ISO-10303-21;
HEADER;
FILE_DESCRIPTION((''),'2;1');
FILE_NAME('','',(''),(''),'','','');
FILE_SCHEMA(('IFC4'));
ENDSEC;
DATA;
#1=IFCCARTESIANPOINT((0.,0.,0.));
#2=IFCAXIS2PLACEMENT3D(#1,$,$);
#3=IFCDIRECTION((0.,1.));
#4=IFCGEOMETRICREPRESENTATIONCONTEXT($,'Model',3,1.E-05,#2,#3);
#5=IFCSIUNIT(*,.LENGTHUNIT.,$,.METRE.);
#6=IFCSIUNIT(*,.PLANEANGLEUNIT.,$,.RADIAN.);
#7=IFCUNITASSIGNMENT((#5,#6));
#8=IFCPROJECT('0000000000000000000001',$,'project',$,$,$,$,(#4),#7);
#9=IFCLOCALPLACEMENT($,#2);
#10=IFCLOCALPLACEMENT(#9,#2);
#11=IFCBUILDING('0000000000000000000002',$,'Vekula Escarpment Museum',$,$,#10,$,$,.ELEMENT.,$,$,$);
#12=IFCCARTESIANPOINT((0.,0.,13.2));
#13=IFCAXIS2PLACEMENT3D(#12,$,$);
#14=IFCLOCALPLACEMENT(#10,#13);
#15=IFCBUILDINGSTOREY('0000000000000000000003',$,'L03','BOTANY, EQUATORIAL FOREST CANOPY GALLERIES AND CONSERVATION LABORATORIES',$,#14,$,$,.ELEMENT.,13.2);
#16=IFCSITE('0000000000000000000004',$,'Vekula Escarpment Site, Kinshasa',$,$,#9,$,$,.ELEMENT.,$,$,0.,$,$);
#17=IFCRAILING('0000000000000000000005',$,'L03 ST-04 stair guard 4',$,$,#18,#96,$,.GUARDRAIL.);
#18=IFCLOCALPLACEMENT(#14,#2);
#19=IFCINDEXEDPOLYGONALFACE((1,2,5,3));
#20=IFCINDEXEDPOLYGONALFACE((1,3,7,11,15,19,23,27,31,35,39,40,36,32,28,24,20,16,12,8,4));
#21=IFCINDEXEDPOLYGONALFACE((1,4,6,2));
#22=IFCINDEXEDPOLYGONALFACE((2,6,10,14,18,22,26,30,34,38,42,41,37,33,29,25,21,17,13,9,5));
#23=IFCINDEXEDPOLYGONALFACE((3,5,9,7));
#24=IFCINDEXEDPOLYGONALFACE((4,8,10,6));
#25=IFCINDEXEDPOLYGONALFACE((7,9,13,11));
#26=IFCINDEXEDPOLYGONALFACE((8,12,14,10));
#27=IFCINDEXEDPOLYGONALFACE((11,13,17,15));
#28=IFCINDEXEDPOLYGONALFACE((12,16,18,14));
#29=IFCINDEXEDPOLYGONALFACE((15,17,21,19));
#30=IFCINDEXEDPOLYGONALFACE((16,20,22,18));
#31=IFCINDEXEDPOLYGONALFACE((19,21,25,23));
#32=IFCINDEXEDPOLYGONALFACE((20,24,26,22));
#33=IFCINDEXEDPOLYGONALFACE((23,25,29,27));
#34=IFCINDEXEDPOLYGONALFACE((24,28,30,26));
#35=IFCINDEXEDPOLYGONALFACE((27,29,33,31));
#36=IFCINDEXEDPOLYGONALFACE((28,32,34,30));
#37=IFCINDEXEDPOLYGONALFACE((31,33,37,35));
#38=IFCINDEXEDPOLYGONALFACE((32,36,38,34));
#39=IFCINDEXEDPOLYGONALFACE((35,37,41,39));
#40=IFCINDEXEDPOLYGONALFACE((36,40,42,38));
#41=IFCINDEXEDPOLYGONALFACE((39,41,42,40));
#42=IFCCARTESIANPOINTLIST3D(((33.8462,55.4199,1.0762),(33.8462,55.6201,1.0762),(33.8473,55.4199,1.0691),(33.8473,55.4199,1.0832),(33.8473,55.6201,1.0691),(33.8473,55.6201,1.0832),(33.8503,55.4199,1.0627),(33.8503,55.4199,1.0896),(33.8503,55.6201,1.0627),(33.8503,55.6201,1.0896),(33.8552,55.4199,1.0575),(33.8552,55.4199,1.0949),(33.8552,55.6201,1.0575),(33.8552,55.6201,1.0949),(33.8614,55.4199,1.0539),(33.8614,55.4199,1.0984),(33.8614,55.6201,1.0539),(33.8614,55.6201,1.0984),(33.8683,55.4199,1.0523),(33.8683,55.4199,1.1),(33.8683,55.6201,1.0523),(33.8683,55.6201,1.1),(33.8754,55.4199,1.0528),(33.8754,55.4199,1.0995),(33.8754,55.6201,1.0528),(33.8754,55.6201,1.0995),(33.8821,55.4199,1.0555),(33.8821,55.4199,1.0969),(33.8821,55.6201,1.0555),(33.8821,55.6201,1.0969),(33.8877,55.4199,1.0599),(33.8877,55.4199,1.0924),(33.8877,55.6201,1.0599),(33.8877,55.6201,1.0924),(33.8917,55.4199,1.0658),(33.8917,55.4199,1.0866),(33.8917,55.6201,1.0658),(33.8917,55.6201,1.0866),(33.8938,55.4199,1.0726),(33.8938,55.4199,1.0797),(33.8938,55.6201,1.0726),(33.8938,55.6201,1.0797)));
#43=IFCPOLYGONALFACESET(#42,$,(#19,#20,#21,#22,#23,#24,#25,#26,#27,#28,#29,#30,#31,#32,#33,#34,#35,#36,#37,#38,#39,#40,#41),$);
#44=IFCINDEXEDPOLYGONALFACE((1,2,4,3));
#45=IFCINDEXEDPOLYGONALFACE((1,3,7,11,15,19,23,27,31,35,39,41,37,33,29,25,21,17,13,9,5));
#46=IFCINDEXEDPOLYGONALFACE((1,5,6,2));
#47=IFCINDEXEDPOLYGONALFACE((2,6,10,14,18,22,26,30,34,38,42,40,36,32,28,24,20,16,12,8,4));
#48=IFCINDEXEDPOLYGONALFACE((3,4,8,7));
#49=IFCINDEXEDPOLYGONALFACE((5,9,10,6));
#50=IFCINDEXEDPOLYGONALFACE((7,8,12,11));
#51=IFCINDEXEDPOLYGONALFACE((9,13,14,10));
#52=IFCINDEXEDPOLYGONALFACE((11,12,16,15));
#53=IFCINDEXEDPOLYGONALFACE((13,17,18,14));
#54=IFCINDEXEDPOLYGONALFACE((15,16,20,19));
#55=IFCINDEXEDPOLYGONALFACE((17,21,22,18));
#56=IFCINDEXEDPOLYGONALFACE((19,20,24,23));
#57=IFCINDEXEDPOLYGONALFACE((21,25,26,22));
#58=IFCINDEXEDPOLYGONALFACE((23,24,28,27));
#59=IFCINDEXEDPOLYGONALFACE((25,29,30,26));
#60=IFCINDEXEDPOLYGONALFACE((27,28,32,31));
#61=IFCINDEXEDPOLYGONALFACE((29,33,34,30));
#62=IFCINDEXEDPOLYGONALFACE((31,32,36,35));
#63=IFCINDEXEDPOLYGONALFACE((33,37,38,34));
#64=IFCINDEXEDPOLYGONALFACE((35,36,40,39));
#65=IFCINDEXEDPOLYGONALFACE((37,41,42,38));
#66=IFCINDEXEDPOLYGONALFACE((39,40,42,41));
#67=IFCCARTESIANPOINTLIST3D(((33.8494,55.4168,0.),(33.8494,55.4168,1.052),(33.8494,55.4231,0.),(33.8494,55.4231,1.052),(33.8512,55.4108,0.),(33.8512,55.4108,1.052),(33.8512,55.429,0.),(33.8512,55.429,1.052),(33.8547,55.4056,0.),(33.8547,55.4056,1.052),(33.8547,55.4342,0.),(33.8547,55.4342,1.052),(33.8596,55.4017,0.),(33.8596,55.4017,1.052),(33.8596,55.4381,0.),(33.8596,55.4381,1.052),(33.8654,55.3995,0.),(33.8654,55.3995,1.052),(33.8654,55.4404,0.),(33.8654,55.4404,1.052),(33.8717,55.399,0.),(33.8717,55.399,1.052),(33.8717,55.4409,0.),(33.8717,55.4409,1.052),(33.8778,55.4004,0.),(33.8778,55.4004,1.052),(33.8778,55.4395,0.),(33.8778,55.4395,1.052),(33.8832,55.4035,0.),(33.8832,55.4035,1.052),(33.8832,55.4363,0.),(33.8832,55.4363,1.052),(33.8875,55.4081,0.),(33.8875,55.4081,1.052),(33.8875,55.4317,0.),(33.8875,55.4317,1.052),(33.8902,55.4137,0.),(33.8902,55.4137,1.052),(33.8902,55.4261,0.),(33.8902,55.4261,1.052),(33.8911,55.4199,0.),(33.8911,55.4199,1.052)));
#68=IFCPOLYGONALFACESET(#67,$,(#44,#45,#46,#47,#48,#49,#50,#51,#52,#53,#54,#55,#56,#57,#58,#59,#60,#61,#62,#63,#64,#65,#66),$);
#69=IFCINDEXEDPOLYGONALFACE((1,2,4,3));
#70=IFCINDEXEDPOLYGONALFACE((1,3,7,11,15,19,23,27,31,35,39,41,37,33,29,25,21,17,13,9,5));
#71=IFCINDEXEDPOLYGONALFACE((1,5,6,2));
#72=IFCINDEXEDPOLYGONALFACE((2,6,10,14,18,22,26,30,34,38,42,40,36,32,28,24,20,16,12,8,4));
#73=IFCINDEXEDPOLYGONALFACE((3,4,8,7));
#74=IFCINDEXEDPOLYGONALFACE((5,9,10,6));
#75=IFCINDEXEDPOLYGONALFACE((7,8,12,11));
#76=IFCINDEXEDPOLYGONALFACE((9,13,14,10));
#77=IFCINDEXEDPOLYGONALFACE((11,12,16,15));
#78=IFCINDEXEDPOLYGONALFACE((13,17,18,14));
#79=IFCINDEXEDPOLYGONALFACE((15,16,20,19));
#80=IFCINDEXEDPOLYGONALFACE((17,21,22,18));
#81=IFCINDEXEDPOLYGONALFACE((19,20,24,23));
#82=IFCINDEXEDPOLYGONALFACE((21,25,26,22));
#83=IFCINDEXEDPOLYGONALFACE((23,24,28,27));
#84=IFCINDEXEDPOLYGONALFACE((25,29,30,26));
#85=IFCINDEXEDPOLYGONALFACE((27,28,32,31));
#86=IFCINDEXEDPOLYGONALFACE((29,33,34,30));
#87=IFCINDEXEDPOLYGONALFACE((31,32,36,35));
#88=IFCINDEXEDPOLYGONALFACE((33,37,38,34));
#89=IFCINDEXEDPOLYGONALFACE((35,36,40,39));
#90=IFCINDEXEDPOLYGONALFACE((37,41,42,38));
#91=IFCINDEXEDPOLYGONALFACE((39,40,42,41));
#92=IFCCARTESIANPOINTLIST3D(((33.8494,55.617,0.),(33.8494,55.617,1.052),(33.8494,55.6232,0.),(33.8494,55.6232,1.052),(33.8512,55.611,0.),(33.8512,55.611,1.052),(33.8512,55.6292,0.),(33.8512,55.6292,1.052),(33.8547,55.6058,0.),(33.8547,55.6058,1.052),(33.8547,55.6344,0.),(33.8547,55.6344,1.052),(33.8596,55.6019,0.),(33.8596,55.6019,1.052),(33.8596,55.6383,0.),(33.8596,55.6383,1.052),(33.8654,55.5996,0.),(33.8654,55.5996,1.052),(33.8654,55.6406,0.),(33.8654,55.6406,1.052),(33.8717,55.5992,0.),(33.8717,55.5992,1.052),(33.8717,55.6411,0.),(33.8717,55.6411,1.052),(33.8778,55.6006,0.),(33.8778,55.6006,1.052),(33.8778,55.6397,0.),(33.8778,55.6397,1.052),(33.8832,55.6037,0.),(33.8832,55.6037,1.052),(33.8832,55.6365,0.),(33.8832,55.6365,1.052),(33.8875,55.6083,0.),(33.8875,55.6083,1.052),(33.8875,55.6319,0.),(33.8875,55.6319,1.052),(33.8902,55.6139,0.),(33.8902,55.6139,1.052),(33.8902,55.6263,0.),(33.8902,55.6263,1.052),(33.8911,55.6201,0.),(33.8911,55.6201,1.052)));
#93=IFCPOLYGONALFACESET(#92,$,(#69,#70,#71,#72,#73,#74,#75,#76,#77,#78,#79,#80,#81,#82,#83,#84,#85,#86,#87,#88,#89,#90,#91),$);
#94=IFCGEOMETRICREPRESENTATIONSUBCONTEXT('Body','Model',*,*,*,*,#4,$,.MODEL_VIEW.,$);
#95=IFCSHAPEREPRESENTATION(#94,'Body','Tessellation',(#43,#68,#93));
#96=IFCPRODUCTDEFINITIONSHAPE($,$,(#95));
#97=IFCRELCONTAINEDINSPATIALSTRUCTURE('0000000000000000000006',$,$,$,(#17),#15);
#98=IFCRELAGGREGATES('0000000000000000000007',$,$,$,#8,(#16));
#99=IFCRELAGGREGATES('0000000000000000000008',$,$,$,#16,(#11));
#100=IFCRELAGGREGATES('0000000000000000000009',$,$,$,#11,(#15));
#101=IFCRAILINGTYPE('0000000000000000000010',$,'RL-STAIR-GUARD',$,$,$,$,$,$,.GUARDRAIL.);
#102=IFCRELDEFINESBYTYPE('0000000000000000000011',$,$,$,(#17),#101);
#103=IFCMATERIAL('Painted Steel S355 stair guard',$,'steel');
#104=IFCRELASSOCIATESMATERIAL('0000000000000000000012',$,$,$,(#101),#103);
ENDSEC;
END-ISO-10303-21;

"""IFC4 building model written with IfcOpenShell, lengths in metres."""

from ifc_helpers import new_model, si_unit, direction, frame, origin, origin_2d, place, context, subcontext, project, spatial, circle, extrude, material, type_object, element, save


model = new_model("IFC4")

# Units and contexts
model_context = context("Model", 3, precision=1e-05, world=origin(), true_north=direction((0.0, 1.0)))
body_context = subcontext(model_context, "Body", "Model", "MODEL_VIEW")
ifc_project = project(units=[si_unit("LENGTHUNIT", "METRE"), si_unit("PLANEANGLEUNIT", "RADIAN")], contexts=[model_context])

# Site, building, storey
site_placement = place(None, origin())
site = spatial("IfcSite", under=ifc_project, at=site_placement, Name="Vekula Escarpment Site, Kinshasa", CompositionType="ELEMENT", RefElevation=0.0)
building_placement = place(site_placement, origin())
building = spatial("IfcBuilding", under=site, at=building_placement, Name="Vekula Escarpment Museum", CompositionType="ELEMENT")
storey_placement = place(building_placement, frame((0.0, 0.0, 13.2)))
storey = spatial("IfcBuildingStorey", under=building, at=storey_placement, Name="L03", Description="BOTANY, EQUATORIAL FOREST CANOPY GALLERIES AND CONSERVATION LABORATORIES", CompositionType="ELEMENT", Elevation=13.2)

# Railing
ifc_material_1 = material(Name="Painted Steel S355 stair guard", Category="steel")
railing_type_1 = type_object("IfcRailingType", Name="RL-STAIR-GUARD", PredefinedType="GUARDRAIL", material=ifc_material_1)
railing_1_placement = place(storey_placement, frame((33.8701, 55.4199, 0.0)))
element("IfcRailing", 1, at=railing_1_placement, inside=storey, type_object=railing_type_1, Name="L03 ST-04 stair guard 4", PredefinedType="GUARDRAIL", context=body_context, shape_type="SweptSolid", body=[
    extrude(circle(Radius=0.0239, at=origin_2d()), frame((0.0, 0.0, 1.0762), z_axis=(0.0, 1.0, 0.0), x_axis=(-1.0, 0.0, 0.0)), (0.0, 0.0, 1.0), 0.2002),
    extrude(circle(Radius=0.021, at=origin_2d()), origin(), (0.0, 0.0, 1.0), 1.052),
    extrude(circle(Radius=0.021, at=origin_2d()), frame((0.0, 0.2002, 0.0)), (0.0, 0.0, 1.0), 1.052),
])

save(model, "model.ifc")
